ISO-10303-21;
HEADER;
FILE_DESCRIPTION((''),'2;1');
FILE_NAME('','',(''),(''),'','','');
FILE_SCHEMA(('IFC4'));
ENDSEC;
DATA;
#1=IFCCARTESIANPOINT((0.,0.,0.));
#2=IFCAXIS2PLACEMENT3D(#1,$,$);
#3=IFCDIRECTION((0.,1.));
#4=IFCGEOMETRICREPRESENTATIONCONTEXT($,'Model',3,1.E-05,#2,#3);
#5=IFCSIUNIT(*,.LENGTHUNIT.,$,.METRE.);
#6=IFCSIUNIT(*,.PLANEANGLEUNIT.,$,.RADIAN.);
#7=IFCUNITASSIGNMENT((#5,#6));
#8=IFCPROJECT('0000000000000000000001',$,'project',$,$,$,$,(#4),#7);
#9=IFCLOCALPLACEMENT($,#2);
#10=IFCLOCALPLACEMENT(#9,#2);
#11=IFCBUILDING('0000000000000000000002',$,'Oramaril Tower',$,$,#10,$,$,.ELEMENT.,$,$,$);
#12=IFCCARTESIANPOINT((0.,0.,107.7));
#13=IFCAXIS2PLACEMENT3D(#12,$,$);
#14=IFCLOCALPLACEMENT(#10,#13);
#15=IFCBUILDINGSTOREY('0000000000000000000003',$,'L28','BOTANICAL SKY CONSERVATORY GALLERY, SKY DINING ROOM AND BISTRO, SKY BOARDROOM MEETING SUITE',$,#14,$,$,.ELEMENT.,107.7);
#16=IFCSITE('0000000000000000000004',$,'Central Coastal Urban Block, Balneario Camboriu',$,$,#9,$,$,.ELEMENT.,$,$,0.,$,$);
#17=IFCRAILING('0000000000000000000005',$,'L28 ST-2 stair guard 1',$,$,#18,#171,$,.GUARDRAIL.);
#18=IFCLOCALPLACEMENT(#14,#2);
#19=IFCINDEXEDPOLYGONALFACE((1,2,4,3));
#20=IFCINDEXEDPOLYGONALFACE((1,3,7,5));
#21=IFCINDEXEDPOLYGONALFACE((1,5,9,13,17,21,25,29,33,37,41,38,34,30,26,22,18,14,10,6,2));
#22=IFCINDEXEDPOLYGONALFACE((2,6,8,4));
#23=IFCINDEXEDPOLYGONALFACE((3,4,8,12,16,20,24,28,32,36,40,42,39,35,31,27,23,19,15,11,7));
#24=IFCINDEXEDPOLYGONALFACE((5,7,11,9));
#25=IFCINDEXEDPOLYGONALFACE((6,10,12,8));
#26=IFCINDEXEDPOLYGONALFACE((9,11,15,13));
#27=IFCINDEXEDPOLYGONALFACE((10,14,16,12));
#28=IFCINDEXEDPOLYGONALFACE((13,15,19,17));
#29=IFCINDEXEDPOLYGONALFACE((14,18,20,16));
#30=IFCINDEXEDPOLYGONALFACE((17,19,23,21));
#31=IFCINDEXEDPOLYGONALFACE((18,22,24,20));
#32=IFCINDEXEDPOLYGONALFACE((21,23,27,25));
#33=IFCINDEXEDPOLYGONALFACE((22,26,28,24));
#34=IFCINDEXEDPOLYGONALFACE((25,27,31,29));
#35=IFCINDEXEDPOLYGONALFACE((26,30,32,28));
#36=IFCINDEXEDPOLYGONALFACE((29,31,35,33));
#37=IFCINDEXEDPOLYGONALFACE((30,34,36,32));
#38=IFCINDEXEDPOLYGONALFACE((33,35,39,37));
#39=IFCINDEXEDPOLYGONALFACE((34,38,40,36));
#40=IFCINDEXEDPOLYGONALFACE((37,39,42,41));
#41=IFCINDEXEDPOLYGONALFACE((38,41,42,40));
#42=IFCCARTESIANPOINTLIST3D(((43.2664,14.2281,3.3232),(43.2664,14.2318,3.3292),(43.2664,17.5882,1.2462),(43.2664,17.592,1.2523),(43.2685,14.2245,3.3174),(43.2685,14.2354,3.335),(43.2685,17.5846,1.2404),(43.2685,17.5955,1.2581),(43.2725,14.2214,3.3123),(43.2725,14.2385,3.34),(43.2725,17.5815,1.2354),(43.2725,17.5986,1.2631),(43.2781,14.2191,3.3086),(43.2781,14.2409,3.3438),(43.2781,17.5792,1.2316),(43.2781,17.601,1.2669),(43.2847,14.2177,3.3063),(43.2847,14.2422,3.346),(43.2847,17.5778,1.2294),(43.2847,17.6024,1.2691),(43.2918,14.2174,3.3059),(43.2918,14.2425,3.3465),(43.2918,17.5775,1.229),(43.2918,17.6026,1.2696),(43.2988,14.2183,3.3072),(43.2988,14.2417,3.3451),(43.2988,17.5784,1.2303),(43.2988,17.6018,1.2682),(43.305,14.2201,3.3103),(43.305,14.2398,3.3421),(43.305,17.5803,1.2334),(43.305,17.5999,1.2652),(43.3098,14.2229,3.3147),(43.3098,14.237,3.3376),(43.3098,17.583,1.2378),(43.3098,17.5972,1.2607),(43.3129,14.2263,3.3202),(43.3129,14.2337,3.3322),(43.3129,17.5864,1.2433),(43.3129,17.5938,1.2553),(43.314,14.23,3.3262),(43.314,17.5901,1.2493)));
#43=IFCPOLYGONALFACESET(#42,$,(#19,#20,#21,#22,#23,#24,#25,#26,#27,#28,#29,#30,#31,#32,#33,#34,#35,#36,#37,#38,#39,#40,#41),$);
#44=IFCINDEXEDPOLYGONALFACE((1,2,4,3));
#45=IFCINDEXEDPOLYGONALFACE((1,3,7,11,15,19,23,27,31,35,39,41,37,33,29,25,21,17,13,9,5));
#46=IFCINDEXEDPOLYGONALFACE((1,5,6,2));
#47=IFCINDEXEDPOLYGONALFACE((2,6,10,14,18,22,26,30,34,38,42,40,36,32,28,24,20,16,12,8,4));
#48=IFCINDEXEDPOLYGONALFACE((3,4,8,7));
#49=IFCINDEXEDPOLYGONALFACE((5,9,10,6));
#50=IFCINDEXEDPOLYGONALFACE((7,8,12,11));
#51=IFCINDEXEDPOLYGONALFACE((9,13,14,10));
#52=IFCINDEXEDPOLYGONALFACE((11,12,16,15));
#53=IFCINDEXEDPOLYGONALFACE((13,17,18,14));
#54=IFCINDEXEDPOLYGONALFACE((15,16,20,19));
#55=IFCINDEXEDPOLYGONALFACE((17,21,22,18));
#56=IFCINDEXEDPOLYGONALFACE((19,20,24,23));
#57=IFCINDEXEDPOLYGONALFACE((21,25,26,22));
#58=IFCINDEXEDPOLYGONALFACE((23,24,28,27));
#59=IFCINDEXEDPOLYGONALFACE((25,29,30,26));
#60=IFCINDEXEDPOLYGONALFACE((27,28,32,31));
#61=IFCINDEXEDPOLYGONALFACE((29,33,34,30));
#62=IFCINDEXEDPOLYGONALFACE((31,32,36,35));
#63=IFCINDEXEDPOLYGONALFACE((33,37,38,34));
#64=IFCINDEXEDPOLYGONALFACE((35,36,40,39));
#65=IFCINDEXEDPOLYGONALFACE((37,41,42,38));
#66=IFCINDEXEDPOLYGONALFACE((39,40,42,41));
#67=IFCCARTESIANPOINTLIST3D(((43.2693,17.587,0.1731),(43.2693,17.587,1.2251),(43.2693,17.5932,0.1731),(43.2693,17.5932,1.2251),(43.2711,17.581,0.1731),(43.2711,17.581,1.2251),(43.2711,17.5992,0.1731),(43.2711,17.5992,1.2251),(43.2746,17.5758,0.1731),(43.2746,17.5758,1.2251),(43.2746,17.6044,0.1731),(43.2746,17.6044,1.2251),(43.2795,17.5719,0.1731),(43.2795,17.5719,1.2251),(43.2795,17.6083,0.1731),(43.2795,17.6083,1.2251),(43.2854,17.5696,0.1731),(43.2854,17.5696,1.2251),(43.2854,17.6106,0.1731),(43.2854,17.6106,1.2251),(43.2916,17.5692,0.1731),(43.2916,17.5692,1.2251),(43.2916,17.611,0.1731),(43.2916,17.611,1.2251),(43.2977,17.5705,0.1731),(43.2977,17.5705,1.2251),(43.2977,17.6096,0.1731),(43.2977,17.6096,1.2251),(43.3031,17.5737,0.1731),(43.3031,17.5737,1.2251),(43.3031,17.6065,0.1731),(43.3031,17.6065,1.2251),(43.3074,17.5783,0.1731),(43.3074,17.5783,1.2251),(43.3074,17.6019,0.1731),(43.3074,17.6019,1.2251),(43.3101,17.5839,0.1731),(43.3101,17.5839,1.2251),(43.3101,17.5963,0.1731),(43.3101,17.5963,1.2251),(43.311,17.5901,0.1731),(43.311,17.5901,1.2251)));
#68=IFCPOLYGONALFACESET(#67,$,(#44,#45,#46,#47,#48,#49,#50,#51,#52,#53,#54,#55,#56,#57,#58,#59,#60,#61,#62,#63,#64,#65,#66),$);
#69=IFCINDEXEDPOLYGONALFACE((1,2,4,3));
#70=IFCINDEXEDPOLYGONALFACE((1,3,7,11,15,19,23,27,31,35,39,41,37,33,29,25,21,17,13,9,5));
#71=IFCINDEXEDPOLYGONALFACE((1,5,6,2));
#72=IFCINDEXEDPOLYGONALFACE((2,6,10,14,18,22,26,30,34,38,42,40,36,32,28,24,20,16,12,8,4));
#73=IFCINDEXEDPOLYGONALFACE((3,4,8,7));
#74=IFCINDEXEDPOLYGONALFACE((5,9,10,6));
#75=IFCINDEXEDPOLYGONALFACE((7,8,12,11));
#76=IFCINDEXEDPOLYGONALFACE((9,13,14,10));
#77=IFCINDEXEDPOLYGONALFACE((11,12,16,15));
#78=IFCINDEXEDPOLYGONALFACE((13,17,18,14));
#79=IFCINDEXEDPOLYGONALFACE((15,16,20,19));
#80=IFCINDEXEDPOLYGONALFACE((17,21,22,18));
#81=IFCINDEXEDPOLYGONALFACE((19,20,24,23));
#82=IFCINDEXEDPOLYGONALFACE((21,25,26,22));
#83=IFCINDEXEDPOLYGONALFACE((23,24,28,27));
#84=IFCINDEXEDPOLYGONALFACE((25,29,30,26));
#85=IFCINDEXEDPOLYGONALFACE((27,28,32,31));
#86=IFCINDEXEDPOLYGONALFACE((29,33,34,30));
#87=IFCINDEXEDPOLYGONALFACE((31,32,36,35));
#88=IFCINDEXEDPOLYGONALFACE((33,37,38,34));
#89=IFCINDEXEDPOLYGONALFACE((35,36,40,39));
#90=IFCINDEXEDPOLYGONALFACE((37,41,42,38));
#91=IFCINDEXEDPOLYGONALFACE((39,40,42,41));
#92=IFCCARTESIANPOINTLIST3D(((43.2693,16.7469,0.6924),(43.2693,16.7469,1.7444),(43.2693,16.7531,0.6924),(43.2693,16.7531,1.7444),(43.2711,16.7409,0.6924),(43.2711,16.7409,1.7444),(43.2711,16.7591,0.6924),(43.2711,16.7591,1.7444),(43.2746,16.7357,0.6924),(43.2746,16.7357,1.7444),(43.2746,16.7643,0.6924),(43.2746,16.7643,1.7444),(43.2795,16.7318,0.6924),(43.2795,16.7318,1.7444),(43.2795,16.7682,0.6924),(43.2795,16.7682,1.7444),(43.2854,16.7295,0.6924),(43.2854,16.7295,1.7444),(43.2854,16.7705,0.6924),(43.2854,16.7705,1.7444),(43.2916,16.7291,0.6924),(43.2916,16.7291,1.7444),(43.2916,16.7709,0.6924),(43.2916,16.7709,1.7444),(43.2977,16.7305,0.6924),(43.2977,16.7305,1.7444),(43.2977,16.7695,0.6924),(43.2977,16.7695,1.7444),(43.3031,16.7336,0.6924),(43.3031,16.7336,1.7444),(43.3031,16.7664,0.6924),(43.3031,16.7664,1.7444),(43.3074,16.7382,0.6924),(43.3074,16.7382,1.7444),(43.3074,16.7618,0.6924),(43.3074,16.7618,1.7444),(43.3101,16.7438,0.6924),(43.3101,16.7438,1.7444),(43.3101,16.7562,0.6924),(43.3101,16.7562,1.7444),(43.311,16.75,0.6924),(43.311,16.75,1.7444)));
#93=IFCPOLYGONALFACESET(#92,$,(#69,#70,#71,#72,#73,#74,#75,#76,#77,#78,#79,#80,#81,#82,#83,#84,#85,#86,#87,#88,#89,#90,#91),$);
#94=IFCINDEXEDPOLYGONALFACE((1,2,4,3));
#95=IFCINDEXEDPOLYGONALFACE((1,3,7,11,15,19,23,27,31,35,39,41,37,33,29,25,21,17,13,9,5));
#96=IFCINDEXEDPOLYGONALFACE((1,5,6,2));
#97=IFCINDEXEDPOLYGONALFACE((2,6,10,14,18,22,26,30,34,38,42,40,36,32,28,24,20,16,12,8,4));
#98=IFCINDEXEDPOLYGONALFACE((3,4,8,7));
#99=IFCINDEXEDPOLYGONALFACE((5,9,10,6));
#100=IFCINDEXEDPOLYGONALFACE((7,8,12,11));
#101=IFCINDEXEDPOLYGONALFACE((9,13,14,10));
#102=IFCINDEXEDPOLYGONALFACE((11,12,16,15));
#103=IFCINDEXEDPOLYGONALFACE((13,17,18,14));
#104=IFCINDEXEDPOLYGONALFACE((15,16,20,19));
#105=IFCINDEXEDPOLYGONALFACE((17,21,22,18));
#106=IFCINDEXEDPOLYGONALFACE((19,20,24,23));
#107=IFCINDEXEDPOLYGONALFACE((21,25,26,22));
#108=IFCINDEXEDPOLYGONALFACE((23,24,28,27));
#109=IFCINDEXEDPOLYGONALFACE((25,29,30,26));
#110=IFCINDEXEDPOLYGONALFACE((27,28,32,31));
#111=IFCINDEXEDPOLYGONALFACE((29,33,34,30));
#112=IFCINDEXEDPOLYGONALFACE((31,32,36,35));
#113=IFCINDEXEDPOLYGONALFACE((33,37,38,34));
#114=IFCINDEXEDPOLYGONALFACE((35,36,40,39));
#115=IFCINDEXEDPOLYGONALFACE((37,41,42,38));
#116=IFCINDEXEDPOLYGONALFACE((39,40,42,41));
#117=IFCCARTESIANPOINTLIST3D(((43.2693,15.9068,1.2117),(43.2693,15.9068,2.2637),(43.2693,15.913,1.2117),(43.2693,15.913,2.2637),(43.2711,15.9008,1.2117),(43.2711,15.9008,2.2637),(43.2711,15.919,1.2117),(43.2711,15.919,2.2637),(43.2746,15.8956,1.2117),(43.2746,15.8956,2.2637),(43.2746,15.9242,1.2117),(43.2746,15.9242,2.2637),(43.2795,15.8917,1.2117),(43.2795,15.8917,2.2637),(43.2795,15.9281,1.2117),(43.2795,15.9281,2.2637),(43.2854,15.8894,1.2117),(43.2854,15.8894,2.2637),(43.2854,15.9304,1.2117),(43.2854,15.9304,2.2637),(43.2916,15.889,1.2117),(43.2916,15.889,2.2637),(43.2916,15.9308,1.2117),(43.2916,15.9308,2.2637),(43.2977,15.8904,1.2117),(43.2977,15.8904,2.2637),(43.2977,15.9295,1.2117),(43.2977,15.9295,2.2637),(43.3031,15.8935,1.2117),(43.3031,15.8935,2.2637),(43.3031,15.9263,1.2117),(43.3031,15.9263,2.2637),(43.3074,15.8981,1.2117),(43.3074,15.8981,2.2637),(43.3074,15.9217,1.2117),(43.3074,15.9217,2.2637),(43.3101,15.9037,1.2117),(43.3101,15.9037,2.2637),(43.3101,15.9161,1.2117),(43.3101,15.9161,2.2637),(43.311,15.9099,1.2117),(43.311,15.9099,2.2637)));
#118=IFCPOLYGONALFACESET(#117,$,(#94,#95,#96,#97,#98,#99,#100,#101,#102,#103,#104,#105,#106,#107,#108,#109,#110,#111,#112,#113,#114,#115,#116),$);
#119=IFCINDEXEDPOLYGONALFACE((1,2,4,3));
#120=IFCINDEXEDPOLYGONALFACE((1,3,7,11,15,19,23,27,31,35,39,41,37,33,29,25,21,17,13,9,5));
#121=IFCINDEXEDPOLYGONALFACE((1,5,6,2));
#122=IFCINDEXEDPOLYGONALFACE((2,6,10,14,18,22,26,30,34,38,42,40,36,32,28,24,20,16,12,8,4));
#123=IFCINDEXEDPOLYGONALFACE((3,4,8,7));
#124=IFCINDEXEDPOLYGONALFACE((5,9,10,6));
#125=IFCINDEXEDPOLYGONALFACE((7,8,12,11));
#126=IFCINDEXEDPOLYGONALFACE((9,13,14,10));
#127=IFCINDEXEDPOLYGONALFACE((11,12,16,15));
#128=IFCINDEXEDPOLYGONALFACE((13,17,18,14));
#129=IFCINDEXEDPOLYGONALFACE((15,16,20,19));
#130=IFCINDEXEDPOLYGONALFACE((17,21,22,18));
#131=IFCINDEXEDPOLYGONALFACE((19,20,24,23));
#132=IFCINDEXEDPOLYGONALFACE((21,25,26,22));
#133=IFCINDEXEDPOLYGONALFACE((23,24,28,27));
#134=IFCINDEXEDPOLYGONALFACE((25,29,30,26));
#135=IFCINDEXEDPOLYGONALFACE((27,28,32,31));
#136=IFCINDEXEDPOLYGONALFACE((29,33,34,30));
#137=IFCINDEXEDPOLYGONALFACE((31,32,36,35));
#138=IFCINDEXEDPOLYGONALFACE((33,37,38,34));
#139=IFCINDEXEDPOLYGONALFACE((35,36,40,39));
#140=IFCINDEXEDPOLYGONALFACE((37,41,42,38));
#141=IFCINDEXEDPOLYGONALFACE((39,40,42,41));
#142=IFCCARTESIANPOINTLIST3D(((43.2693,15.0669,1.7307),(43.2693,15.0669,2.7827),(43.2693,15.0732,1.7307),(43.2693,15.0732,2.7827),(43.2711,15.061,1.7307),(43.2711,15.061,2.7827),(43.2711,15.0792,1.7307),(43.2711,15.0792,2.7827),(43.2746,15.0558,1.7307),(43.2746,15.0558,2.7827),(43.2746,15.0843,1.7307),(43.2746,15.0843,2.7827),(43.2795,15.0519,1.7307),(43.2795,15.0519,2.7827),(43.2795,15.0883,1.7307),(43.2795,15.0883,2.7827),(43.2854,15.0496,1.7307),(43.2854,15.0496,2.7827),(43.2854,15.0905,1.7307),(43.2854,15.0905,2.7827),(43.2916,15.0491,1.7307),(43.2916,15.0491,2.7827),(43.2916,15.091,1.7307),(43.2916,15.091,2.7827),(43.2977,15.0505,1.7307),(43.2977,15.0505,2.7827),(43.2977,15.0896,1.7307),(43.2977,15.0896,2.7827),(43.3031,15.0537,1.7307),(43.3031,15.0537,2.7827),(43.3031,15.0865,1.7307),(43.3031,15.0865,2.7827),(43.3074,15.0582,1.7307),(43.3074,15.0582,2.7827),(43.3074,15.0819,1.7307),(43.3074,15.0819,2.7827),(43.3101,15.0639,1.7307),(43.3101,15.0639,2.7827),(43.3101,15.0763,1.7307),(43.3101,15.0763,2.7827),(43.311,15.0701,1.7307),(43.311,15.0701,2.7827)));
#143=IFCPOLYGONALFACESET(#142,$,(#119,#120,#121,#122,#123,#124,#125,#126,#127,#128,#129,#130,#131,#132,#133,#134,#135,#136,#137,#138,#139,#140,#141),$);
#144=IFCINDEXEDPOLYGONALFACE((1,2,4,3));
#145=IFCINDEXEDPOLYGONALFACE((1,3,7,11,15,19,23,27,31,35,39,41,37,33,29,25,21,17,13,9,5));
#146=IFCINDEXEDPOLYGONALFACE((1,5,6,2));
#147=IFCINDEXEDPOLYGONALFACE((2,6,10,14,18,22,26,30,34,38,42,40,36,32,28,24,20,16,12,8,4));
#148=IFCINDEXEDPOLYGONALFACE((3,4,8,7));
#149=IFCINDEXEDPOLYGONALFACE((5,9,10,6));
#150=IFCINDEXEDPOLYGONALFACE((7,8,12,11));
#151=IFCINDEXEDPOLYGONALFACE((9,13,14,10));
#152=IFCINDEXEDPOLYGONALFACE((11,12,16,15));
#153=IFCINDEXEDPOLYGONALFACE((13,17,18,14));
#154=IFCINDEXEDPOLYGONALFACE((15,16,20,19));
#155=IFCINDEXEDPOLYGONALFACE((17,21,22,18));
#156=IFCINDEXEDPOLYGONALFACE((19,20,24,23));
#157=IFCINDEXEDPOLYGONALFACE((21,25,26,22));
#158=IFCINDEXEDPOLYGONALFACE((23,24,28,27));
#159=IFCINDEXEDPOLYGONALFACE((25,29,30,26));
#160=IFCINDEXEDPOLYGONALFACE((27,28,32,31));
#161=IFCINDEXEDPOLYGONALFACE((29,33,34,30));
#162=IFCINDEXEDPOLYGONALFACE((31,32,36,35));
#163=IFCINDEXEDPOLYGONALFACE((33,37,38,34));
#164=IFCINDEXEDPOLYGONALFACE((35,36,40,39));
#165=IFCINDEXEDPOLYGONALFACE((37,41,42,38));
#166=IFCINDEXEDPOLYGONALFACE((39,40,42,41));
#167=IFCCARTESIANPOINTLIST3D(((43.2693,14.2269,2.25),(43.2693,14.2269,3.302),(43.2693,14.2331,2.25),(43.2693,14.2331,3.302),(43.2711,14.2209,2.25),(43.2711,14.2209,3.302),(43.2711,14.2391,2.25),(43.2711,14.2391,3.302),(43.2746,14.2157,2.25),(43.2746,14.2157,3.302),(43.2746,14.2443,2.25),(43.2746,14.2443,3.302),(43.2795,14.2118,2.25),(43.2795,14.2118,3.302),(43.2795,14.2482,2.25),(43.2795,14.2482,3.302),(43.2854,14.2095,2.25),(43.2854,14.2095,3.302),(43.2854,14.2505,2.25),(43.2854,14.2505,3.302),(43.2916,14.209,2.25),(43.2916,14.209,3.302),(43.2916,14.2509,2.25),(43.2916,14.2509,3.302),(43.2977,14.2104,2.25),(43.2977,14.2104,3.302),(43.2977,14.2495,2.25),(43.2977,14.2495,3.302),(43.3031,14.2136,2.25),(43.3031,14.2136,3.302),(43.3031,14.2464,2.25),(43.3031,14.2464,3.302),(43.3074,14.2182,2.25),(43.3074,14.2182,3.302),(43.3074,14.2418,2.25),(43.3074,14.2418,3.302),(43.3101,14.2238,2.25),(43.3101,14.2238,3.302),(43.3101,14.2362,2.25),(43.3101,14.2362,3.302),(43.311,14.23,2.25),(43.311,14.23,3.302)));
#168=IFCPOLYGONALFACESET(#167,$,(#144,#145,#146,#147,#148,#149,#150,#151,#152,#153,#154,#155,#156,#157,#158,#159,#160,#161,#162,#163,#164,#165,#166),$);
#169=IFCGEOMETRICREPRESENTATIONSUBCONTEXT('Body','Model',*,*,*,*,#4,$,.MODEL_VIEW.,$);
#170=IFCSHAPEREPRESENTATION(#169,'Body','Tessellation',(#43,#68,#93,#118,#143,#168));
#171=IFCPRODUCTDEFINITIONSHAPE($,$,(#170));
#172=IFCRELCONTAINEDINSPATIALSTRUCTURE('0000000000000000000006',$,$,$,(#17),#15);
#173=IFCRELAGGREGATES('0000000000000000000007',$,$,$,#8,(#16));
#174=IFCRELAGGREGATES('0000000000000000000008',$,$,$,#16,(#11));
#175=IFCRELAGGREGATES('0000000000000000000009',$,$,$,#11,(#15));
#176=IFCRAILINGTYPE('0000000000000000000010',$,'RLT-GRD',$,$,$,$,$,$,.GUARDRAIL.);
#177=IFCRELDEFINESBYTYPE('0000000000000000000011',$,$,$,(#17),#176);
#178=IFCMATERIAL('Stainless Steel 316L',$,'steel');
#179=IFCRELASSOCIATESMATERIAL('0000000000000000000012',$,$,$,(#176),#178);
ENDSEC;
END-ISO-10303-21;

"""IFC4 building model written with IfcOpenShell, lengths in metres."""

from ifc_helpers import new_model, si_unit, direction, frame, origin, origin_2d, place, context, subcontext, project, spatial, circle, extrude, material, type_object, element, save


model = new_model("IFC4")

# Units and contexts
model_context = context("Model", 3, precision=1e-05, world=origin(), true_north=direction((0.0, 1.0)))
body_context = subcontext(model_context, "Body", "Model", "MODEL_VIEW")
ifc_project = project(units=[si_unit("LENGTHUNIT", "METRE"), si_unit("PLANEANGLEUNIT", "RADIAN")], contexts=[model_context])

# Site, building, storey
site_placement = place(None, origin())
site = spatial("IfcSite", under=ifc_project, at=site_placement, Name="Central Coastal Urban Block, Balneario Camboriu", CompositionType="ELEMENT", RefElevation=0.0)
building_placement = place(site_placement, origin())
building = spatial("IfcBuilding", under=site, at=building_placement, Name="Oramaril Tower", CompositionType="ELEMENT")
storey_placement = place(building_placement, frame((0.0, 0.0, 107.7)))
storey = spatial("IfcBuildingStorey", under=building, at=storey_placement, Name="L28", Description="BOTANICAL SKY CONSERVATORY GALLERY, SKY DINING ROOM AND BISTRO, SKY BOARDROOM MEETING SUITE", CompositionType="ELEMENT", Elevation=107.7)

# Railing
ifc_material_1 = material(Name="Stainless Steel 316L", Category="steel")
railing_type = type_object("IfcRailingType", Name="RLT-GRD", PredefinedType="GUARDRAIL", material=ifc_material_1)
railing_1_placement = place(storey_placement, frame((43.29, 17.5901, 0.1731)))
element("IfcRailing", 1, at=railing_1_placement, inside=storey, type_object=railing_type, Name="L28 ST-2 stair guard 1", PredefinedType="GUARDRAIL", context=body_context, shape_type="SweptSolid", body=[
    extrude(circle(Radius=0.0239, at=origin_2d()), frame((0.0, 0.0, 1.0762), z_axis=(0.0, -0.850623, 0.525776), x_axis=(1.0, 0.0, 0.0)), (0.0, 0.0, 1.0), 3.9502),
    extrude(circle(Radius=0.021, at=origin_2d()), origin(), (0.0, 0.0, 1.0), 1.052),
    extrude(circle(Radius=0.021, at=origin_2d()), frame((0.0, -0.8401, 0.5193)), (0.0, 0.0, 1.0), 1.052),
    extrude(circle(Radius=0.021, at=origin_2d()), frame((0.0, -1.6802, 1.0386)), (0.0, 0.0, 1.0), 1.052),
    extrude(circle(Radius=0.021, at=origin_2d()), frame((0.0, -2.52, 1.5576)), (0.0, 0.0, 1.0), 1.052),
    extrude(circle(Radius=0.021, at=origin_2d()), frame((0.0, -3.3601, 2.0769)), (0.0, 0.0, 1.0), 1.052),
])

save(model, "model.ifc")
